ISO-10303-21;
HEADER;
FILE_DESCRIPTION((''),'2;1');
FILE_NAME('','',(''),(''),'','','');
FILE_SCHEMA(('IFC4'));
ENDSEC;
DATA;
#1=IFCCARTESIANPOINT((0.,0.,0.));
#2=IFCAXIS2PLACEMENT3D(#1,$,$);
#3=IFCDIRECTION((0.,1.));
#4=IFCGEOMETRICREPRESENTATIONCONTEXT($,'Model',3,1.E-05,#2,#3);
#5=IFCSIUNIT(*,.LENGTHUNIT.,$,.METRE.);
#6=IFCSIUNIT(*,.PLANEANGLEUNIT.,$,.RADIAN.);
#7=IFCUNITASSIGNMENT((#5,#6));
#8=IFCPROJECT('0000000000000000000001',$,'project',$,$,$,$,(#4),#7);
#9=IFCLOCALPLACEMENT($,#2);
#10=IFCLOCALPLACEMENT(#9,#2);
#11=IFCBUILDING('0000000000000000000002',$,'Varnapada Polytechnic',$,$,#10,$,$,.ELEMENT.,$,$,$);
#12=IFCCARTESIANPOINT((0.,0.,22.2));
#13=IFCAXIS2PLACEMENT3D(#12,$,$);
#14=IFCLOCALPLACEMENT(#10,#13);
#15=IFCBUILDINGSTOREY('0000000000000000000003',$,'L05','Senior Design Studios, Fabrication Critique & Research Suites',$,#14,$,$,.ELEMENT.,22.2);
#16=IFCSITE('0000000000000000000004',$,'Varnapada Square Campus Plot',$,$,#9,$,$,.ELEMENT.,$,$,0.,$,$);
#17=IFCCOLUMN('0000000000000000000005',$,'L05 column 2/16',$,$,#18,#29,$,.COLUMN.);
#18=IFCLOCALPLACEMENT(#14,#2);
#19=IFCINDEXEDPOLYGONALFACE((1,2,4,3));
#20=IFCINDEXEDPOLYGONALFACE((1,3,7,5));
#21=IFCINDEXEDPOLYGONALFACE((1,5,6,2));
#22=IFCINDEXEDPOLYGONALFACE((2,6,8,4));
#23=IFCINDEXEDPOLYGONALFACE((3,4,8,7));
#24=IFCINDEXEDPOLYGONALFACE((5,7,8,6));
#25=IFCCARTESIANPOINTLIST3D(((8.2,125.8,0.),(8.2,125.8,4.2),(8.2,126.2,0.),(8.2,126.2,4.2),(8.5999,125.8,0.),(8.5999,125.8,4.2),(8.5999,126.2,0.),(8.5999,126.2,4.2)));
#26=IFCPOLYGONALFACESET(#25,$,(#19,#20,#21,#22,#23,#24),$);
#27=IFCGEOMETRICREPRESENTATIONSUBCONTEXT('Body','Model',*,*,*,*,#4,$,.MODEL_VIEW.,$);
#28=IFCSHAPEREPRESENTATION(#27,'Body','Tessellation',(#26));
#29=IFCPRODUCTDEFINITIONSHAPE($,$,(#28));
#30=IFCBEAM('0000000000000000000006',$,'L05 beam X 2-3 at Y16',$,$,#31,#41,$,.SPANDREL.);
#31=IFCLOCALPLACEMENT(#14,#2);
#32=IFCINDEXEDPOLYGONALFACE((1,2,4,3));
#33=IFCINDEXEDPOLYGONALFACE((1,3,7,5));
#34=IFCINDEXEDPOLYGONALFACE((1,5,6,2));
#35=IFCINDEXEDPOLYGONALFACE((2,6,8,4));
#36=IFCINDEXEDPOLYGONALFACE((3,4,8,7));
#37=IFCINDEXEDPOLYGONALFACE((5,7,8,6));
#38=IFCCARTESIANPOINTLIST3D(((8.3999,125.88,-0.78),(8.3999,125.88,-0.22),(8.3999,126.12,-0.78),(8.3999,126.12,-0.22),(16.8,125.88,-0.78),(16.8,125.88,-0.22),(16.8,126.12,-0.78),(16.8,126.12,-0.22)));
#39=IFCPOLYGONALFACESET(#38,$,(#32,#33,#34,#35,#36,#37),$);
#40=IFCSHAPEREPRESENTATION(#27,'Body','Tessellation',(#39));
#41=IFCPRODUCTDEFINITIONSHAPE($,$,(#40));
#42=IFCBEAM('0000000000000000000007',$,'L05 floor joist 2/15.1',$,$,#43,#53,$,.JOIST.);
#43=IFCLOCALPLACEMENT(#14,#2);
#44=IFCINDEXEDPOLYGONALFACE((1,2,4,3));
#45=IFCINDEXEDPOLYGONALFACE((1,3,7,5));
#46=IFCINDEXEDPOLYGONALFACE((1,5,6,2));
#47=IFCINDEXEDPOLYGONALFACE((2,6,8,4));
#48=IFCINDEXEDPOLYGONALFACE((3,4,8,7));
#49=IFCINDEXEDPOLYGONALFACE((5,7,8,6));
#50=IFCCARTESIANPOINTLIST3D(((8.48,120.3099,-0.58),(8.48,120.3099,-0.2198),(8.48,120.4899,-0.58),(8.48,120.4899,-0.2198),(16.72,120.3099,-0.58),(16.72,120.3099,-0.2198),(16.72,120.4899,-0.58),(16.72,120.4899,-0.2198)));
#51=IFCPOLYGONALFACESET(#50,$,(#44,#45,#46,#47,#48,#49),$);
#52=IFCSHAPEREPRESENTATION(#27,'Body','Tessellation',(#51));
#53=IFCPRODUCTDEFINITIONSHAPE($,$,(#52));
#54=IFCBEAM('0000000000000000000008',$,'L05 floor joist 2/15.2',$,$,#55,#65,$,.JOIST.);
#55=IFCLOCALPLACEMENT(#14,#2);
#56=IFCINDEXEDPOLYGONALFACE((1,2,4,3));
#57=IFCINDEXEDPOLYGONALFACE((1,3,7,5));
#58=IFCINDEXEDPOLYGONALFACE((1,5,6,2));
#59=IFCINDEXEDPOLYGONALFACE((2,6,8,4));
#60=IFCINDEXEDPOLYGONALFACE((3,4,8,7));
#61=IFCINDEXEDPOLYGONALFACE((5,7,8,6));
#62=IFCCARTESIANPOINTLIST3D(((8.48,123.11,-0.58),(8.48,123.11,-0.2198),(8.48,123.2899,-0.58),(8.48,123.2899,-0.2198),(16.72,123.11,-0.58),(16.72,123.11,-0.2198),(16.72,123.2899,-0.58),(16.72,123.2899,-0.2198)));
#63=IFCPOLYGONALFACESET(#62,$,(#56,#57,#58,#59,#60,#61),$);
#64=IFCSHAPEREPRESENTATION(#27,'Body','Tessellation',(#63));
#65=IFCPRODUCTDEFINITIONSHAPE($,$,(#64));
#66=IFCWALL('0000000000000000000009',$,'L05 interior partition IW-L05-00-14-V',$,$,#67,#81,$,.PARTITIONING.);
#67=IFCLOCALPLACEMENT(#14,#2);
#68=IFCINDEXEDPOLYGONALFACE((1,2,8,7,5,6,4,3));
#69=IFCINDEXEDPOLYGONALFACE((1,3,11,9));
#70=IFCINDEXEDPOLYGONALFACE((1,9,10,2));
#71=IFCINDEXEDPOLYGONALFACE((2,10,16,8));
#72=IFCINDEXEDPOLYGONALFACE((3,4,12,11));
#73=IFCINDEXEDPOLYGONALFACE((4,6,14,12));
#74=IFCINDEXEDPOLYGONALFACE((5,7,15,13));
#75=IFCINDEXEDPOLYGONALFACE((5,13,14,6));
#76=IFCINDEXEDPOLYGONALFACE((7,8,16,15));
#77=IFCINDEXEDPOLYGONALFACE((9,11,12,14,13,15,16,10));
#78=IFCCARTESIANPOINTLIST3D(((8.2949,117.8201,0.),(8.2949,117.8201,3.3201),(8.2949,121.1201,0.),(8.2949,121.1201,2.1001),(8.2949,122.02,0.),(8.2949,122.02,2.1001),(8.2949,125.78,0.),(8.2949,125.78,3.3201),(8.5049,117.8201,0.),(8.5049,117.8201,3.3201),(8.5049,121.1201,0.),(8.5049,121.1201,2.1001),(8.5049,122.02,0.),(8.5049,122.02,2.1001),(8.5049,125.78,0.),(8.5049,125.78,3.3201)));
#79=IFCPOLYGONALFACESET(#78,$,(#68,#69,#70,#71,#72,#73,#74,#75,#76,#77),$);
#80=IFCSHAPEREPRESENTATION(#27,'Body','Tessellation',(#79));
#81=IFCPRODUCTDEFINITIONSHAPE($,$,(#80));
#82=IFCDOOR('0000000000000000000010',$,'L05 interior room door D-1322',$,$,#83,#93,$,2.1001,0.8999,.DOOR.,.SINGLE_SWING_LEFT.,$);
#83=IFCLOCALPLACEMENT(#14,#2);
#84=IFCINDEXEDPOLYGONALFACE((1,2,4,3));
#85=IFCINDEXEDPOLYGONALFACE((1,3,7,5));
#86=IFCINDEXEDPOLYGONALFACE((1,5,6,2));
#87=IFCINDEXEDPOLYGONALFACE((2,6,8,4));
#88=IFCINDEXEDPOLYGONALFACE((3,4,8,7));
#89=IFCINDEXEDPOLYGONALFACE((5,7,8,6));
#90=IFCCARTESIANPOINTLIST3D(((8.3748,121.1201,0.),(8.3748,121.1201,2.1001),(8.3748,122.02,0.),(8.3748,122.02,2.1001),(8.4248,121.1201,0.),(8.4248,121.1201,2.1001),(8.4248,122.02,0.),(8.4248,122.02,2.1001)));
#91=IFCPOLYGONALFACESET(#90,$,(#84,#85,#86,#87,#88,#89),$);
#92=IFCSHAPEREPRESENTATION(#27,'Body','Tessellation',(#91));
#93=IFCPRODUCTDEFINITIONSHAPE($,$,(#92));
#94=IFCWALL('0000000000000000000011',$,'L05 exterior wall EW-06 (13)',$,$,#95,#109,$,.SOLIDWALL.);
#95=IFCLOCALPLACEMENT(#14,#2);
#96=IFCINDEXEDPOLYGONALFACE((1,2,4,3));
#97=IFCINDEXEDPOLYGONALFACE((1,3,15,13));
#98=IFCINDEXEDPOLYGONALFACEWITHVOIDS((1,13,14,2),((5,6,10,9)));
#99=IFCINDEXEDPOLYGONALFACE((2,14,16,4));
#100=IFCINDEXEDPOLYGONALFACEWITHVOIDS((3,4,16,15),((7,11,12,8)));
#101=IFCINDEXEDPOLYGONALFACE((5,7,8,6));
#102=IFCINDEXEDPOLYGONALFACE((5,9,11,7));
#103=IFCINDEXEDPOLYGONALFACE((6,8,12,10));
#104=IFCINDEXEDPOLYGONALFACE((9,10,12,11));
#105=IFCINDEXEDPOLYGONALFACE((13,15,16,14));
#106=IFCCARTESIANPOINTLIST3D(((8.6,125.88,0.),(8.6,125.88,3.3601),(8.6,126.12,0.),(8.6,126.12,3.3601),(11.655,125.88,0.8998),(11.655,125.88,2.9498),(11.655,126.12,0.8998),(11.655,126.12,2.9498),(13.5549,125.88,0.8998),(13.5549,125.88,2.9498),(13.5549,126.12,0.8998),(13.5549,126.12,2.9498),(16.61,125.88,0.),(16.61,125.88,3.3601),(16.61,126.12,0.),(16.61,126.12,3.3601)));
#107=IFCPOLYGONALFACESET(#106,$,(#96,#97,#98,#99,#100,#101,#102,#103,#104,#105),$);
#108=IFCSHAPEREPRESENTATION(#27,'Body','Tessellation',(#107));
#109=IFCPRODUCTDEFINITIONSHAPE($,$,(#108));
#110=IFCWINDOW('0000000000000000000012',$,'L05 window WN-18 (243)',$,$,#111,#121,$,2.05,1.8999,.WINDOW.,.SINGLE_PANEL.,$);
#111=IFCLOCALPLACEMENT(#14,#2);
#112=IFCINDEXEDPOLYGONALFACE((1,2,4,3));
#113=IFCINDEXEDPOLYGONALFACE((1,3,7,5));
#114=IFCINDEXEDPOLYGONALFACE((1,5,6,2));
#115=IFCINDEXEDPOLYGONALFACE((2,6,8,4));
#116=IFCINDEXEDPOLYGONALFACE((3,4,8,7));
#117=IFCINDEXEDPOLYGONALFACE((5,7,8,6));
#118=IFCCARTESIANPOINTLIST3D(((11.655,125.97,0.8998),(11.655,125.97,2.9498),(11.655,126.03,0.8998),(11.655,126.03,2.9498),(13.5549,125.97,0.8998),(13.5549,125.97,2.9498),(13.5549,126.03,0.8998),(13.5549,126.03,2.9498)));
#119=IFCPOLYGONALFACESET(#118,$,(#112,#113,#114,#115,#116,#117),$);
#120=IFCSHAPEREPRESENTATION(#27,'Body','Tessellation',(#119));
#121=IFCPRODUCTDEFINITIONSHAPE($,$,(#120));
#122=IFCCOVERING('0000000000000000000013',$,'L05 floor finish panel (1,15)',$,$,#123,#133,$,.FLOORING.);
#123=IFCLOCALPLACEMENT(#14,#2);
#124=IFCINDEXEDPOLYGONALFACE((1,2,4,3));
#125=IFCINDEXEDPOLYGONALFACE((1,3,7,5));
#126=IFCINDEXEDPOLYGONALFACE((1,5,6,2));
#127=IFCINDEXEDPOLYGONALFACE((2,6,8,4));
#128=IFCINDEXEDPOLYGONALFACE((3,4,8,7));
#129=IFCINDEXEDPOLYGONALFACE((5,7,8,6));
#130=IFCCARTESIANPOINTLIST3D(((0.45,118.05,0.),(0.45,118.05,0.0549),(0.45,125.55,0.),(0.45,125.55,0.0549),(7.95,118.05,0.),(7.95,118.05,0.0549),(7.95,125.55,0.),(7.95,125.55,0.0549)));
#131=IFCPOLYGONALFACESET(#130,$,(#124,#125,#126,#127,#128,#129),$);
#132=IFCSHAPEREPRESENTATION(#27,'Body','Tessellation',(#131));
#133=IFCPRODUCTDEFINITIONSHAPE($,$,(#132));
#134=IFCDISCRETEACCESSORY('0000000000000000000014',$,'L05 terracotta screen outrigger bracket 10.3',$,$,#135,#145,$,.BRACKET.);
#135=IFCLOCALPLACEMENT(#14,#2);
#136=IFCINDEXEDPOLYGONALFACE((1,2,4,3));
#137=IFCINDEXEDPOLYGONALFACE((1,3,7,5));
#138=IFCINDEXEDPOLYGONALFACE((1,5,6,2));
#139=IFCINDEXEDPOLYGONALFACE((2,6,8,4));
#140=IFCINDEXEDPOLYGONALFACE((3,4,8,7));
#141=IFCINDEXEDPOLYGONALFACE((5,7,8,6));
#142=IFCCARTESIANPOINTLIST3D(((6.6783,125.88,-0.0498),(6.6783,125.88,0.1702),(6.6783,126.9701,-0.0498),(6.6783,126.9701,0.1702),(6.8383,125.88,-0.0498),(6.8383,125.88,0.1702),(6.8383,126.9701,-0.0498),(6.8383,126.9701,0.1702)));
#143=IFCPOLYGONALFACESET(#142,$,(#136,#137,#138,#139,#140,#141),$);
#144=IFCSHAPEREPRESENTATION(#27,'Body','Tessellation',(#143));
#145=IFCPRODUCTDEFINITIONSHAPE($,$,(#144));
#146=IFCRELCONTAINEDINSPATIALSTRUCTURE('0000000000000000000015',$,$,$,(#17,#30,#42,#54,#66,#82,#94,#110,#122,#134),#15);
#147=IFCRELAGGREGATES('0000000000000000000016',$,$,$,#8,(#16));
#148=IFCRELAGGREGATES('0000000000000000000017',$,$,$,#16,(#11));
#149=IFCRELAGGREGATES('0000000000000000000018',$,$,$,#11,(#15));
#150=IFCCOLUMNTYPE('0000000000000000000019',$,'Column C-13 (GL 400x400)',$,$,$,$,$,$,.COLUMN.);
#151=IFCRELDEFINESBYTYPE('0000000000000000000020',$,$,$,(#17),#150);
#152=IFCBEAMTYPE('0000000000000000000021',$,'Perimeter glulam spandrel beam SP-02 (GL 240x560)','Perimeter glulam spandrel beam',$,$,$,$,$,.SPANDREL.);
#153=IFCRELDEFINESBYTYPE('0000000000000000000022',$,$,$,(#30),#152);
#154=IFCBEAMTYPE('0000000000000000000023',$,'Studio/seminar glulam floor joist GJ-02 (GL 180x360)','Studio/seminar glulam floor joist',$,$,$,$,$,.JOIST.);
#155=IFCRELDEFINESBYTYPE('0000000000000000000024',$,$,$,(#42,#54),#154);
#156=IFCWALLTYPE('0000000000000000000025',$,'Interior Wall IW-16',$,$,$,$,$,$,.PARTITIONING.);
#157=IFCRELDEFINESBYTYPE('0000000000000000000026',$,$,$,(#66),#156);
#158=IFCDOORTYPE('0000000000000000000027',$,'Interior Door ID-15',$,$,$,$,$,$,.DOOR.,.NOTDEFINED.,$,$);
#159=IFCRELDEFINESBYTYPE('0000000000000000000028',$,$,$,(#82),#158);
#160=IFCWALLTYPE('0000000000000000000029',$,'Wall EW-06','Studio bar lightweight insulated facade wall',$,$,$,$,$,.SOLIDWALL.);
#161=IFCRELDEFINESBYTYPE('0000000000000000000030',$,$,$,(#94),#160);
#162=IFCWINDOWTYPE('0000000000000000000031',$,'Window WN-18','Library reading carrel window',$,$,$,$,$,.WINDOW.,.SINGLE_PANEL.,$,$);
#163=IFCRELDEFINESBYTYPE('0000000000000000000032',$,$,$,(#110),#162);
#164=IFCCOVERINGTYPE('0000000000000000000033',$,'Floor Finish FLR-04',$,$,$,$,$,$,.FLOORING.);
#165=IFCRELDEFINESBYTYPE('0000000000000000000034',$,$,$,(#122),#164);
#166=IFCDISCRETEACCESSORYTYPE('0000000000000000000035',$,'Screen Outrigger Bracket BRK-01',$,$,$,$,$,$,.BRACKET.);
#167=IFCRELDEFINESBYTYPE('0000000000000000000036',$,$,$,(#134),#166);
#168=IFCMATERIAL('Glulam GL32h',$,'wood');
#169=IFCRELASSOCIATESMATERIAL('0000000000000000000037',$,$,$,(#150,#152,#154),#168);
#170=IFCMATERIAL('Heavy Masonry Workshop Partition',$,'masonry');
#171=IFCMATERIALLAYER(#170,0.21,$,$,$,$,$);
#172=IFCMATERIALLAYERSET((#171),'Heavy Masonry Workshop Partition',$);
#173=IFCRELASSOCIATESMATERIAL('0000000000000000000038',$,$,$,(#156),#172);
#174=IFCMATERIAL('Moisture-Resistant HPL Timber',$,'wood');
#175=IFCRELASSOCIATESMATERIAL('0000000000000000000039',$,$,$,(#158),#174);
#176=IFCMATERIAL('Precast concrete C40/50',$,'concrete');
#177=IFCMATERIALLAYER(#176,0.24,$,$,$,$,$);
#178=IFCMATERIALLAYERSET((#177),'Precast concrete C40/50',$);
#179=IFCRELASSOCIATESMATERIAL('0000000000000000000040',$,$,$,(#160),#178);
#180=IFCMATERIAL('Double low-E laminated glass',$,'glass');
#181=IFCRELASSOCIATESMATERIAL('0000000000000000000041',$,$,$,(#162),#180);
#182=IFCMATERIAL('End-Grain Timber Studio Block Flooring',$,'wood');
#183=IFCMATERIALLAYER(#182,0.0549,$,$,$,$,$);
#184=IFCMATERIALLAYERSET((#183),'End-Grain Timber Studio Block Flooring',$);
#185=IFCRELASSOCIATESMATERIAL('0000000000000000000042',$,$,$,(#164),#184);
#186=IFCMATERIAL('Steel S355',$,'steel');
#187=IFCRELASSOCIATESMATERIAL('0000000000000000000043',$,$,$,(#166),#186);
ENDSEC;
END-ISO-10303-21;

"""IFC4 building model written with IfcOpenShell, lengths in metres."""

from ifc_helpers import new_model, si_unit, direction, frame, frame_2d, origin, origin_2d, place, context, subcontext, project, spatial, rectangle, extrude, material, layer, layer_set, material_profile, profile_set, type_object, element, fill, save


model = new_model("IFC4")

# Units and contexts
model_context = context("Model", 3, precision=1e-05, world=origin(), true_north=direction((0.0, 1.0)))
body_context = subcontext(model_context, "Body", "Model", "MODEL_VIEW")
ifc_project = project(units=[si_unit("LENGTHUNIT", "METRE"), si_unit("PLANEANGLEUNIT", "RADIAN")], contexts=[model_context])

# Site, building, storey
site_placement = place(None, origin())
site = spatial("IfcSite", under=ifc_project, at=site_placement, Name="Varnapada Square Campus Plot", CompositionType="ELEMENT", RefElevation=0.0)
building_placement = place(site_placement, origin())
building = spatial("IfcBuilding", under=site, at=building_placement, Name="Varnapada Polytechnic", CompositionType="ELEMENT")
storey_placement = place(building_placement, frame((0.0, 0.0, 22.2)))
storey = spatial("IfcBuildingStorey", under=building, at=storey_placement, Name="L05", Description="Senior Design Studios, Fabrication Critique & Research Suites", CompositionType="ELEMENT", Elevation=22.2)

# Column
ifc_material_1 = material(Name="Glulam GL32h", Category="wood")
ifc_material_profile_1 = material_profile(ifc_material_1, rectangle(XDim=0.3999, YDim=0.3999, at=origin_2d()), Name="GL 400x400")
ifc_profile_set_1 = profile_set([ifc_material_profile_1], Name="Glulam GL32h")
column_type = type_object("IfcColumnType", Name="Column C-13 (GL 400x400)", PredefinedType="COLUMN", material=ifc_profile_set_1)
column_placement = place(storey_placement, frame((8.3999, 126.0, 0.0), z_axis=(0.0, 0.0, 1.0), x_axis=(1.0, 0.0, 0.0)))
element("IfcColumn", 1, at=column_placement, inside=storey, type_object=column_type, Name="L05 column 2/16", PredefinedType="COLUMN", context=body_context, shape_type="SweptSolid", body=[
    extrude(rectangle(XDim=0.3999, YDim=0.3999, at=origin_2d()), origin(), (0.0, 0.0, 1.0), 4.2),
])

# Beams
ifc_material_profile_2 = material_profile(ifc_material_1, rectangle(XDim=0.24, YDim=0.5601, at=origin_2d()), Name="GL 240x560")
ifc_profile_set_2 = profile_set([ifc_material_profile_2], Name="Glulam GL32h")
beam_type_1 = type_object("IfcBeamType", Name="Perimeter glulam spandrel beam SP-02 (GL 240x560)", Description="Perimeter glulam spandrel beam", PredefinedType="SPANDREL", material=ifc_profile_set_2)
beam_placement = place(storey_placement, frame((8.3999, 126.0, -0.5), z_axis=(1.0, 0.0, 0.0), x_axis=(0.0, 1.0, 0.0)))
element("IfcBeam", 2, at=beam_placement, inside=storey, type_object=beam_type_1, Name="L05 beam X 2-3 at Y16", PredefinedType="SPANDREL", context=body_context, shape_type="SweptSolid", body=[
    extrude(rectangle(XDim=0.24, YDim=0.5601, at=origin_2d()), origin(), (0.0, 0.0, 1.0), 8.4001),
])
ifc_material_profile_3 = material_profile(ifc_material_1, rectangle(XDim=0.1799, YDim=0.3601, at=origin_2d()), Name="GL 180x360")
ifc_profile_set_3 = profile_set([ifc_material_profile_3], Name="Glulam GL32h")
beam_type_2 = type_object("IfcBeamType", Name="Studio/seminar glulam floor joist GJ-02 (GL 180x360)", Description="Studio/seminar glulam floor joist", PredefinedType="JOIST", material=ifc_profile_set_3)
for number, where, z_axis, x_axis, name in (
    (3, (8.48, 120.3999, -0.3999), (1.0, 0.0, 0.0), (0.0, 1.0, 0.0), "L05 floor joist 2/15.1"),
    (4, (8.48, 123.2, -0.3999), (1.0, 0.0, 0.0), (0.0, 1.0, 0.0), "L05 floor joist 2/15.2"),
):
    element("IfcBeam", number, at=place(storey_placement, frame(where, z_axis=z_axis, x_axis=x_axis)), inside=storey, type_object=beam_type_2, Name=name, PredefinedType="JOIST", context=body_context, shape_type="SweptSolid", body=[
        extrude(rectangle(XDim=0.1799, YDim=0.3601, at=origin_2d()), origin(), (0.0, 0.0, 1.0), 8.24),
    ])

# Wall, opening, door
ifc_material_2 = material(Name="Heavy Masonry Workshop Partition", Category="masonry")
ifc_layer_1 = layer(ifc_material_2, 0.21)
ifc_layer_set_1 = layer_set([ifc_layer_1], Name="Heavy Masonry Workshop Partition")
wall_type_1 = type_object("IfcWallType", Name="Interior Wall IW-16", PredefinedType="PARTITIONING", material=ifc_layer_set_1)
wall_1_placement = place(storey_placement, frame((8.3999, 117.8201, 0.0), z_axis=(0.0, 0.0, 1.0), x_axis=(0.0, 1.0, 0.0)))
wall_1 = element("IfcWall", 5, at=wall_1_placement, inside=storey, type_object=wall_type_1, Name="L05 interior partition IW-L05-00-14-V", PredefinedType="PARTITIONING", context=body_context, shape_type="SweptSolid", body=[
    extrude(rectangle(XDim=7.96, YDim=0.21, at=frame_2d((3.98, 0.0))), origin(), (0.0, 0.0, 1.0), 3.3201),
])
opening_1_placement = place(wall_1_placement, frame((3.3, 0.0, 0.0)))
opening_1 = element("IfcOpeningElement", 6, at=opening_1_placement, cuts=wall_1, PredefinedType="OPENING", context=body_context, shape_type="SweptSolid", body=[
    extrude(rectangle(XDim=0.8999, YDim=2.1001, at=frame_2d((0.45, 1.05))), frame((0.0, 0.115, 0.0), z_axis=(0.0, -1.0, 0.0), x_axis=(1.0, 0.0, 0.0)), (0.0, 0.0, 1.0), 0.23),
])
ifc_material_3 = material(Name="Moisture-Resistant HPL Timber", Category="wood")
door_type = type_object("IfcDoorType", Name="Interior Door ID-15", OperationType="NOTDEFINED", PredefinedType="DOOR", material=ifc_material_3)
door_placement = place(opening_1_placement, frame((0.8999, 0.0, 0.0), z_axis=(0.0, 0.0, 1.0), x_axis=(-1.0, 0.0, 0.0)))
door = element("IfcDoor", 7, at=door_placement, inside=storey, type_object=door_type, Name="L05 interior room door D-1322", OperationType="SINGLE_SWING_LEFT", OverallHeight=2.1001, OverallWidth=0.8999, PredefinedType="DOOR", context=body_context, shape_type="SweptSolid", body=[
    extrude(rectangle(XDim=0.8999, YDim=2.1001, at=frame_2d((0.45, 1.05))), frame((0.0, 0.0249, 0.0), z_axis=(0.0, -1.0, 0.0), x_axis=(1.0, 0.0, 0.0)), (0.0, 0.0, 1.0), 0.05),
])
fill(opening_1, door)

# Wall, opening, window
ifc_material_4 = material(Name="Precast concrete C40/50", Category="concrete")
ifc_layer_2 = layer(ifc_material_4, 0.24)
ifc_layer_set_2 = layer_set([ifc_layer_2], Name="Precast concrete C40/50")
wall_type_2 = type_object("IfcWallType", Name="Wall EW-06", Description="Studio bar lightweight insulated facade wall", PredefinedType="SOLIDWALL", material=ifc_layer_set_2)
wall_2_placement = place(storey_placement, frame((8.6001, 126.0, 0.0), z_axis=(0.0, 0.0, 1.0), x_axis=(1.0, 0.0, 0.0)))
wall_2 = element("IfcWall", 8, at=wall_2_placement, inside=storey, type_object=wall_type_2, Name="L05 exterior wall EW-06 (13)", PredefinedType="SOLIDWALL", context=body_context, shape_type="SweptSolid", body=[
    extrude(rectangle(XDim=8.01, YDim=0.24, at=frame_2d((4.0049, 0.0))), origin(), (0.0, 0.0, 1.0), 3.3601),
])
opening_2_placement = place(wall_2_placement, frame((3.0549, 0.0, 0.8999)))
opening_2 = element("IfcOpeningElement", 9, at=opening_2_placement, cuts=wall_2, PredefinedType="OPENING", context=body_context, shape_type="SweptSolid", body=[
    extrude(rectangle(XDim=1.8999, YDim=2.05, at=frame_2d((0.95, 1.0249))), frame((0.0, 0.1299, 0.0), z_axis=(0.0, -1.0, 0.0), x_axis=(1.0, 0.0, 0.0)), (0.0, 0.0, 1.0), 0.26),
])
ifc_material_5 = material(Name="Double low-E laminated glass", Category="glass")
window_type = type_object("IfcWindowType", Name="Window WN-18", Description="Library reading carrel window", PartitioningType="SINGLE_PANEL", PredefinedType="WINDOW", material=ifc_material_5)
window_placement = place(opening_2_placement, origin())
window = element("IfcWindow", 10, at=window_placement, inside=storey, type_object=window_type, Name="L05 window WN-18 (243)", OverallHeight=2.05, OverallWidth=1.8999, PartitioningType="SINGLE_PANEL", PredefinedType="WINDOW", context=body_context, shape_type="SweptSolid", body=[
    extrude(rectangle(XDim=1.8999, YDim=2.05, at=frame_2d((0.95, 1.0249))), frame((0.0, 0.03, 0.0), z_axis=(0.0, -1.0, 0.0), x_axis=(1.0, 0.0, 0.0)), (0.0, 0.0, 1.0), 0.0601),
])
fill(opening_2, window)

# Covering
ifc_material_6 = material(Name="End-Grain Timber Studio Block Flooring", Category="wood")
ifc_layer_3 = layer(ifc_material_6, 0.0549)
ifc_layer_set_3 = layer_set([ifc_layer_3], Name="End-Grain Timber Studio Block Flooring")
covering_type = type_object("IfcCoveringType", Name="Floor Finish FLR-04", PredefinedType="FLOORING", material=ifc_layer_set_3)
covering_placement = place(storey_placement, frame((4.2, 121.8, 0.0), z_axis=(0.0, 0.0, 1.0), x_axis=(1.0, 0.0, 0.0)))
element("IfcCovering", 11, at=covering_placement, inside=storey, type_object=covering_type, Name="L05 floor finish panel (1,15)", PredefinedType="FLOORING", context=body_context, shape_type="SweptSolid", body=[
    extrude(rectangle(XDim=7.5, YDim=7.5, at=origin_2d()), origin(), (0.0, 0.0, 1.0), 0.0549),
])

# Discrete accessory
ifc_material_7 = material(Name="Steel S355", Category="steel")
discrete_accessory_type = type_object("IfcDiscreteAccessoryType", Name="Screen Outrigger Bracket BRK-01", PredefinedType="BRACKET", material=ifc_material_7)
discrete_accessory_placement = place(storey_placement, frame((6.7583, 126.425, -0.0498), z_axis=(0.0, 0.0, 1.0), x_axis=(1.0, 0.0, 0.0)))
element("IfcDiscreteAccessory", 12, at=discrete_accessory_placement, inside=storey, type_object=discrete_accessory_type, Name="L05 terracotta screen outrigger bracket 10.3", PredefinedType="BRACKET", context=body_context, shape_type="SweptSolid", body=[
    extrude(rectangle(XDim=0.1599, YDim=1.0901, at=origin_2d()), origin(), (0.0, 0.0, 1.0), 0.22),
])

save(model, "model.ifc")
